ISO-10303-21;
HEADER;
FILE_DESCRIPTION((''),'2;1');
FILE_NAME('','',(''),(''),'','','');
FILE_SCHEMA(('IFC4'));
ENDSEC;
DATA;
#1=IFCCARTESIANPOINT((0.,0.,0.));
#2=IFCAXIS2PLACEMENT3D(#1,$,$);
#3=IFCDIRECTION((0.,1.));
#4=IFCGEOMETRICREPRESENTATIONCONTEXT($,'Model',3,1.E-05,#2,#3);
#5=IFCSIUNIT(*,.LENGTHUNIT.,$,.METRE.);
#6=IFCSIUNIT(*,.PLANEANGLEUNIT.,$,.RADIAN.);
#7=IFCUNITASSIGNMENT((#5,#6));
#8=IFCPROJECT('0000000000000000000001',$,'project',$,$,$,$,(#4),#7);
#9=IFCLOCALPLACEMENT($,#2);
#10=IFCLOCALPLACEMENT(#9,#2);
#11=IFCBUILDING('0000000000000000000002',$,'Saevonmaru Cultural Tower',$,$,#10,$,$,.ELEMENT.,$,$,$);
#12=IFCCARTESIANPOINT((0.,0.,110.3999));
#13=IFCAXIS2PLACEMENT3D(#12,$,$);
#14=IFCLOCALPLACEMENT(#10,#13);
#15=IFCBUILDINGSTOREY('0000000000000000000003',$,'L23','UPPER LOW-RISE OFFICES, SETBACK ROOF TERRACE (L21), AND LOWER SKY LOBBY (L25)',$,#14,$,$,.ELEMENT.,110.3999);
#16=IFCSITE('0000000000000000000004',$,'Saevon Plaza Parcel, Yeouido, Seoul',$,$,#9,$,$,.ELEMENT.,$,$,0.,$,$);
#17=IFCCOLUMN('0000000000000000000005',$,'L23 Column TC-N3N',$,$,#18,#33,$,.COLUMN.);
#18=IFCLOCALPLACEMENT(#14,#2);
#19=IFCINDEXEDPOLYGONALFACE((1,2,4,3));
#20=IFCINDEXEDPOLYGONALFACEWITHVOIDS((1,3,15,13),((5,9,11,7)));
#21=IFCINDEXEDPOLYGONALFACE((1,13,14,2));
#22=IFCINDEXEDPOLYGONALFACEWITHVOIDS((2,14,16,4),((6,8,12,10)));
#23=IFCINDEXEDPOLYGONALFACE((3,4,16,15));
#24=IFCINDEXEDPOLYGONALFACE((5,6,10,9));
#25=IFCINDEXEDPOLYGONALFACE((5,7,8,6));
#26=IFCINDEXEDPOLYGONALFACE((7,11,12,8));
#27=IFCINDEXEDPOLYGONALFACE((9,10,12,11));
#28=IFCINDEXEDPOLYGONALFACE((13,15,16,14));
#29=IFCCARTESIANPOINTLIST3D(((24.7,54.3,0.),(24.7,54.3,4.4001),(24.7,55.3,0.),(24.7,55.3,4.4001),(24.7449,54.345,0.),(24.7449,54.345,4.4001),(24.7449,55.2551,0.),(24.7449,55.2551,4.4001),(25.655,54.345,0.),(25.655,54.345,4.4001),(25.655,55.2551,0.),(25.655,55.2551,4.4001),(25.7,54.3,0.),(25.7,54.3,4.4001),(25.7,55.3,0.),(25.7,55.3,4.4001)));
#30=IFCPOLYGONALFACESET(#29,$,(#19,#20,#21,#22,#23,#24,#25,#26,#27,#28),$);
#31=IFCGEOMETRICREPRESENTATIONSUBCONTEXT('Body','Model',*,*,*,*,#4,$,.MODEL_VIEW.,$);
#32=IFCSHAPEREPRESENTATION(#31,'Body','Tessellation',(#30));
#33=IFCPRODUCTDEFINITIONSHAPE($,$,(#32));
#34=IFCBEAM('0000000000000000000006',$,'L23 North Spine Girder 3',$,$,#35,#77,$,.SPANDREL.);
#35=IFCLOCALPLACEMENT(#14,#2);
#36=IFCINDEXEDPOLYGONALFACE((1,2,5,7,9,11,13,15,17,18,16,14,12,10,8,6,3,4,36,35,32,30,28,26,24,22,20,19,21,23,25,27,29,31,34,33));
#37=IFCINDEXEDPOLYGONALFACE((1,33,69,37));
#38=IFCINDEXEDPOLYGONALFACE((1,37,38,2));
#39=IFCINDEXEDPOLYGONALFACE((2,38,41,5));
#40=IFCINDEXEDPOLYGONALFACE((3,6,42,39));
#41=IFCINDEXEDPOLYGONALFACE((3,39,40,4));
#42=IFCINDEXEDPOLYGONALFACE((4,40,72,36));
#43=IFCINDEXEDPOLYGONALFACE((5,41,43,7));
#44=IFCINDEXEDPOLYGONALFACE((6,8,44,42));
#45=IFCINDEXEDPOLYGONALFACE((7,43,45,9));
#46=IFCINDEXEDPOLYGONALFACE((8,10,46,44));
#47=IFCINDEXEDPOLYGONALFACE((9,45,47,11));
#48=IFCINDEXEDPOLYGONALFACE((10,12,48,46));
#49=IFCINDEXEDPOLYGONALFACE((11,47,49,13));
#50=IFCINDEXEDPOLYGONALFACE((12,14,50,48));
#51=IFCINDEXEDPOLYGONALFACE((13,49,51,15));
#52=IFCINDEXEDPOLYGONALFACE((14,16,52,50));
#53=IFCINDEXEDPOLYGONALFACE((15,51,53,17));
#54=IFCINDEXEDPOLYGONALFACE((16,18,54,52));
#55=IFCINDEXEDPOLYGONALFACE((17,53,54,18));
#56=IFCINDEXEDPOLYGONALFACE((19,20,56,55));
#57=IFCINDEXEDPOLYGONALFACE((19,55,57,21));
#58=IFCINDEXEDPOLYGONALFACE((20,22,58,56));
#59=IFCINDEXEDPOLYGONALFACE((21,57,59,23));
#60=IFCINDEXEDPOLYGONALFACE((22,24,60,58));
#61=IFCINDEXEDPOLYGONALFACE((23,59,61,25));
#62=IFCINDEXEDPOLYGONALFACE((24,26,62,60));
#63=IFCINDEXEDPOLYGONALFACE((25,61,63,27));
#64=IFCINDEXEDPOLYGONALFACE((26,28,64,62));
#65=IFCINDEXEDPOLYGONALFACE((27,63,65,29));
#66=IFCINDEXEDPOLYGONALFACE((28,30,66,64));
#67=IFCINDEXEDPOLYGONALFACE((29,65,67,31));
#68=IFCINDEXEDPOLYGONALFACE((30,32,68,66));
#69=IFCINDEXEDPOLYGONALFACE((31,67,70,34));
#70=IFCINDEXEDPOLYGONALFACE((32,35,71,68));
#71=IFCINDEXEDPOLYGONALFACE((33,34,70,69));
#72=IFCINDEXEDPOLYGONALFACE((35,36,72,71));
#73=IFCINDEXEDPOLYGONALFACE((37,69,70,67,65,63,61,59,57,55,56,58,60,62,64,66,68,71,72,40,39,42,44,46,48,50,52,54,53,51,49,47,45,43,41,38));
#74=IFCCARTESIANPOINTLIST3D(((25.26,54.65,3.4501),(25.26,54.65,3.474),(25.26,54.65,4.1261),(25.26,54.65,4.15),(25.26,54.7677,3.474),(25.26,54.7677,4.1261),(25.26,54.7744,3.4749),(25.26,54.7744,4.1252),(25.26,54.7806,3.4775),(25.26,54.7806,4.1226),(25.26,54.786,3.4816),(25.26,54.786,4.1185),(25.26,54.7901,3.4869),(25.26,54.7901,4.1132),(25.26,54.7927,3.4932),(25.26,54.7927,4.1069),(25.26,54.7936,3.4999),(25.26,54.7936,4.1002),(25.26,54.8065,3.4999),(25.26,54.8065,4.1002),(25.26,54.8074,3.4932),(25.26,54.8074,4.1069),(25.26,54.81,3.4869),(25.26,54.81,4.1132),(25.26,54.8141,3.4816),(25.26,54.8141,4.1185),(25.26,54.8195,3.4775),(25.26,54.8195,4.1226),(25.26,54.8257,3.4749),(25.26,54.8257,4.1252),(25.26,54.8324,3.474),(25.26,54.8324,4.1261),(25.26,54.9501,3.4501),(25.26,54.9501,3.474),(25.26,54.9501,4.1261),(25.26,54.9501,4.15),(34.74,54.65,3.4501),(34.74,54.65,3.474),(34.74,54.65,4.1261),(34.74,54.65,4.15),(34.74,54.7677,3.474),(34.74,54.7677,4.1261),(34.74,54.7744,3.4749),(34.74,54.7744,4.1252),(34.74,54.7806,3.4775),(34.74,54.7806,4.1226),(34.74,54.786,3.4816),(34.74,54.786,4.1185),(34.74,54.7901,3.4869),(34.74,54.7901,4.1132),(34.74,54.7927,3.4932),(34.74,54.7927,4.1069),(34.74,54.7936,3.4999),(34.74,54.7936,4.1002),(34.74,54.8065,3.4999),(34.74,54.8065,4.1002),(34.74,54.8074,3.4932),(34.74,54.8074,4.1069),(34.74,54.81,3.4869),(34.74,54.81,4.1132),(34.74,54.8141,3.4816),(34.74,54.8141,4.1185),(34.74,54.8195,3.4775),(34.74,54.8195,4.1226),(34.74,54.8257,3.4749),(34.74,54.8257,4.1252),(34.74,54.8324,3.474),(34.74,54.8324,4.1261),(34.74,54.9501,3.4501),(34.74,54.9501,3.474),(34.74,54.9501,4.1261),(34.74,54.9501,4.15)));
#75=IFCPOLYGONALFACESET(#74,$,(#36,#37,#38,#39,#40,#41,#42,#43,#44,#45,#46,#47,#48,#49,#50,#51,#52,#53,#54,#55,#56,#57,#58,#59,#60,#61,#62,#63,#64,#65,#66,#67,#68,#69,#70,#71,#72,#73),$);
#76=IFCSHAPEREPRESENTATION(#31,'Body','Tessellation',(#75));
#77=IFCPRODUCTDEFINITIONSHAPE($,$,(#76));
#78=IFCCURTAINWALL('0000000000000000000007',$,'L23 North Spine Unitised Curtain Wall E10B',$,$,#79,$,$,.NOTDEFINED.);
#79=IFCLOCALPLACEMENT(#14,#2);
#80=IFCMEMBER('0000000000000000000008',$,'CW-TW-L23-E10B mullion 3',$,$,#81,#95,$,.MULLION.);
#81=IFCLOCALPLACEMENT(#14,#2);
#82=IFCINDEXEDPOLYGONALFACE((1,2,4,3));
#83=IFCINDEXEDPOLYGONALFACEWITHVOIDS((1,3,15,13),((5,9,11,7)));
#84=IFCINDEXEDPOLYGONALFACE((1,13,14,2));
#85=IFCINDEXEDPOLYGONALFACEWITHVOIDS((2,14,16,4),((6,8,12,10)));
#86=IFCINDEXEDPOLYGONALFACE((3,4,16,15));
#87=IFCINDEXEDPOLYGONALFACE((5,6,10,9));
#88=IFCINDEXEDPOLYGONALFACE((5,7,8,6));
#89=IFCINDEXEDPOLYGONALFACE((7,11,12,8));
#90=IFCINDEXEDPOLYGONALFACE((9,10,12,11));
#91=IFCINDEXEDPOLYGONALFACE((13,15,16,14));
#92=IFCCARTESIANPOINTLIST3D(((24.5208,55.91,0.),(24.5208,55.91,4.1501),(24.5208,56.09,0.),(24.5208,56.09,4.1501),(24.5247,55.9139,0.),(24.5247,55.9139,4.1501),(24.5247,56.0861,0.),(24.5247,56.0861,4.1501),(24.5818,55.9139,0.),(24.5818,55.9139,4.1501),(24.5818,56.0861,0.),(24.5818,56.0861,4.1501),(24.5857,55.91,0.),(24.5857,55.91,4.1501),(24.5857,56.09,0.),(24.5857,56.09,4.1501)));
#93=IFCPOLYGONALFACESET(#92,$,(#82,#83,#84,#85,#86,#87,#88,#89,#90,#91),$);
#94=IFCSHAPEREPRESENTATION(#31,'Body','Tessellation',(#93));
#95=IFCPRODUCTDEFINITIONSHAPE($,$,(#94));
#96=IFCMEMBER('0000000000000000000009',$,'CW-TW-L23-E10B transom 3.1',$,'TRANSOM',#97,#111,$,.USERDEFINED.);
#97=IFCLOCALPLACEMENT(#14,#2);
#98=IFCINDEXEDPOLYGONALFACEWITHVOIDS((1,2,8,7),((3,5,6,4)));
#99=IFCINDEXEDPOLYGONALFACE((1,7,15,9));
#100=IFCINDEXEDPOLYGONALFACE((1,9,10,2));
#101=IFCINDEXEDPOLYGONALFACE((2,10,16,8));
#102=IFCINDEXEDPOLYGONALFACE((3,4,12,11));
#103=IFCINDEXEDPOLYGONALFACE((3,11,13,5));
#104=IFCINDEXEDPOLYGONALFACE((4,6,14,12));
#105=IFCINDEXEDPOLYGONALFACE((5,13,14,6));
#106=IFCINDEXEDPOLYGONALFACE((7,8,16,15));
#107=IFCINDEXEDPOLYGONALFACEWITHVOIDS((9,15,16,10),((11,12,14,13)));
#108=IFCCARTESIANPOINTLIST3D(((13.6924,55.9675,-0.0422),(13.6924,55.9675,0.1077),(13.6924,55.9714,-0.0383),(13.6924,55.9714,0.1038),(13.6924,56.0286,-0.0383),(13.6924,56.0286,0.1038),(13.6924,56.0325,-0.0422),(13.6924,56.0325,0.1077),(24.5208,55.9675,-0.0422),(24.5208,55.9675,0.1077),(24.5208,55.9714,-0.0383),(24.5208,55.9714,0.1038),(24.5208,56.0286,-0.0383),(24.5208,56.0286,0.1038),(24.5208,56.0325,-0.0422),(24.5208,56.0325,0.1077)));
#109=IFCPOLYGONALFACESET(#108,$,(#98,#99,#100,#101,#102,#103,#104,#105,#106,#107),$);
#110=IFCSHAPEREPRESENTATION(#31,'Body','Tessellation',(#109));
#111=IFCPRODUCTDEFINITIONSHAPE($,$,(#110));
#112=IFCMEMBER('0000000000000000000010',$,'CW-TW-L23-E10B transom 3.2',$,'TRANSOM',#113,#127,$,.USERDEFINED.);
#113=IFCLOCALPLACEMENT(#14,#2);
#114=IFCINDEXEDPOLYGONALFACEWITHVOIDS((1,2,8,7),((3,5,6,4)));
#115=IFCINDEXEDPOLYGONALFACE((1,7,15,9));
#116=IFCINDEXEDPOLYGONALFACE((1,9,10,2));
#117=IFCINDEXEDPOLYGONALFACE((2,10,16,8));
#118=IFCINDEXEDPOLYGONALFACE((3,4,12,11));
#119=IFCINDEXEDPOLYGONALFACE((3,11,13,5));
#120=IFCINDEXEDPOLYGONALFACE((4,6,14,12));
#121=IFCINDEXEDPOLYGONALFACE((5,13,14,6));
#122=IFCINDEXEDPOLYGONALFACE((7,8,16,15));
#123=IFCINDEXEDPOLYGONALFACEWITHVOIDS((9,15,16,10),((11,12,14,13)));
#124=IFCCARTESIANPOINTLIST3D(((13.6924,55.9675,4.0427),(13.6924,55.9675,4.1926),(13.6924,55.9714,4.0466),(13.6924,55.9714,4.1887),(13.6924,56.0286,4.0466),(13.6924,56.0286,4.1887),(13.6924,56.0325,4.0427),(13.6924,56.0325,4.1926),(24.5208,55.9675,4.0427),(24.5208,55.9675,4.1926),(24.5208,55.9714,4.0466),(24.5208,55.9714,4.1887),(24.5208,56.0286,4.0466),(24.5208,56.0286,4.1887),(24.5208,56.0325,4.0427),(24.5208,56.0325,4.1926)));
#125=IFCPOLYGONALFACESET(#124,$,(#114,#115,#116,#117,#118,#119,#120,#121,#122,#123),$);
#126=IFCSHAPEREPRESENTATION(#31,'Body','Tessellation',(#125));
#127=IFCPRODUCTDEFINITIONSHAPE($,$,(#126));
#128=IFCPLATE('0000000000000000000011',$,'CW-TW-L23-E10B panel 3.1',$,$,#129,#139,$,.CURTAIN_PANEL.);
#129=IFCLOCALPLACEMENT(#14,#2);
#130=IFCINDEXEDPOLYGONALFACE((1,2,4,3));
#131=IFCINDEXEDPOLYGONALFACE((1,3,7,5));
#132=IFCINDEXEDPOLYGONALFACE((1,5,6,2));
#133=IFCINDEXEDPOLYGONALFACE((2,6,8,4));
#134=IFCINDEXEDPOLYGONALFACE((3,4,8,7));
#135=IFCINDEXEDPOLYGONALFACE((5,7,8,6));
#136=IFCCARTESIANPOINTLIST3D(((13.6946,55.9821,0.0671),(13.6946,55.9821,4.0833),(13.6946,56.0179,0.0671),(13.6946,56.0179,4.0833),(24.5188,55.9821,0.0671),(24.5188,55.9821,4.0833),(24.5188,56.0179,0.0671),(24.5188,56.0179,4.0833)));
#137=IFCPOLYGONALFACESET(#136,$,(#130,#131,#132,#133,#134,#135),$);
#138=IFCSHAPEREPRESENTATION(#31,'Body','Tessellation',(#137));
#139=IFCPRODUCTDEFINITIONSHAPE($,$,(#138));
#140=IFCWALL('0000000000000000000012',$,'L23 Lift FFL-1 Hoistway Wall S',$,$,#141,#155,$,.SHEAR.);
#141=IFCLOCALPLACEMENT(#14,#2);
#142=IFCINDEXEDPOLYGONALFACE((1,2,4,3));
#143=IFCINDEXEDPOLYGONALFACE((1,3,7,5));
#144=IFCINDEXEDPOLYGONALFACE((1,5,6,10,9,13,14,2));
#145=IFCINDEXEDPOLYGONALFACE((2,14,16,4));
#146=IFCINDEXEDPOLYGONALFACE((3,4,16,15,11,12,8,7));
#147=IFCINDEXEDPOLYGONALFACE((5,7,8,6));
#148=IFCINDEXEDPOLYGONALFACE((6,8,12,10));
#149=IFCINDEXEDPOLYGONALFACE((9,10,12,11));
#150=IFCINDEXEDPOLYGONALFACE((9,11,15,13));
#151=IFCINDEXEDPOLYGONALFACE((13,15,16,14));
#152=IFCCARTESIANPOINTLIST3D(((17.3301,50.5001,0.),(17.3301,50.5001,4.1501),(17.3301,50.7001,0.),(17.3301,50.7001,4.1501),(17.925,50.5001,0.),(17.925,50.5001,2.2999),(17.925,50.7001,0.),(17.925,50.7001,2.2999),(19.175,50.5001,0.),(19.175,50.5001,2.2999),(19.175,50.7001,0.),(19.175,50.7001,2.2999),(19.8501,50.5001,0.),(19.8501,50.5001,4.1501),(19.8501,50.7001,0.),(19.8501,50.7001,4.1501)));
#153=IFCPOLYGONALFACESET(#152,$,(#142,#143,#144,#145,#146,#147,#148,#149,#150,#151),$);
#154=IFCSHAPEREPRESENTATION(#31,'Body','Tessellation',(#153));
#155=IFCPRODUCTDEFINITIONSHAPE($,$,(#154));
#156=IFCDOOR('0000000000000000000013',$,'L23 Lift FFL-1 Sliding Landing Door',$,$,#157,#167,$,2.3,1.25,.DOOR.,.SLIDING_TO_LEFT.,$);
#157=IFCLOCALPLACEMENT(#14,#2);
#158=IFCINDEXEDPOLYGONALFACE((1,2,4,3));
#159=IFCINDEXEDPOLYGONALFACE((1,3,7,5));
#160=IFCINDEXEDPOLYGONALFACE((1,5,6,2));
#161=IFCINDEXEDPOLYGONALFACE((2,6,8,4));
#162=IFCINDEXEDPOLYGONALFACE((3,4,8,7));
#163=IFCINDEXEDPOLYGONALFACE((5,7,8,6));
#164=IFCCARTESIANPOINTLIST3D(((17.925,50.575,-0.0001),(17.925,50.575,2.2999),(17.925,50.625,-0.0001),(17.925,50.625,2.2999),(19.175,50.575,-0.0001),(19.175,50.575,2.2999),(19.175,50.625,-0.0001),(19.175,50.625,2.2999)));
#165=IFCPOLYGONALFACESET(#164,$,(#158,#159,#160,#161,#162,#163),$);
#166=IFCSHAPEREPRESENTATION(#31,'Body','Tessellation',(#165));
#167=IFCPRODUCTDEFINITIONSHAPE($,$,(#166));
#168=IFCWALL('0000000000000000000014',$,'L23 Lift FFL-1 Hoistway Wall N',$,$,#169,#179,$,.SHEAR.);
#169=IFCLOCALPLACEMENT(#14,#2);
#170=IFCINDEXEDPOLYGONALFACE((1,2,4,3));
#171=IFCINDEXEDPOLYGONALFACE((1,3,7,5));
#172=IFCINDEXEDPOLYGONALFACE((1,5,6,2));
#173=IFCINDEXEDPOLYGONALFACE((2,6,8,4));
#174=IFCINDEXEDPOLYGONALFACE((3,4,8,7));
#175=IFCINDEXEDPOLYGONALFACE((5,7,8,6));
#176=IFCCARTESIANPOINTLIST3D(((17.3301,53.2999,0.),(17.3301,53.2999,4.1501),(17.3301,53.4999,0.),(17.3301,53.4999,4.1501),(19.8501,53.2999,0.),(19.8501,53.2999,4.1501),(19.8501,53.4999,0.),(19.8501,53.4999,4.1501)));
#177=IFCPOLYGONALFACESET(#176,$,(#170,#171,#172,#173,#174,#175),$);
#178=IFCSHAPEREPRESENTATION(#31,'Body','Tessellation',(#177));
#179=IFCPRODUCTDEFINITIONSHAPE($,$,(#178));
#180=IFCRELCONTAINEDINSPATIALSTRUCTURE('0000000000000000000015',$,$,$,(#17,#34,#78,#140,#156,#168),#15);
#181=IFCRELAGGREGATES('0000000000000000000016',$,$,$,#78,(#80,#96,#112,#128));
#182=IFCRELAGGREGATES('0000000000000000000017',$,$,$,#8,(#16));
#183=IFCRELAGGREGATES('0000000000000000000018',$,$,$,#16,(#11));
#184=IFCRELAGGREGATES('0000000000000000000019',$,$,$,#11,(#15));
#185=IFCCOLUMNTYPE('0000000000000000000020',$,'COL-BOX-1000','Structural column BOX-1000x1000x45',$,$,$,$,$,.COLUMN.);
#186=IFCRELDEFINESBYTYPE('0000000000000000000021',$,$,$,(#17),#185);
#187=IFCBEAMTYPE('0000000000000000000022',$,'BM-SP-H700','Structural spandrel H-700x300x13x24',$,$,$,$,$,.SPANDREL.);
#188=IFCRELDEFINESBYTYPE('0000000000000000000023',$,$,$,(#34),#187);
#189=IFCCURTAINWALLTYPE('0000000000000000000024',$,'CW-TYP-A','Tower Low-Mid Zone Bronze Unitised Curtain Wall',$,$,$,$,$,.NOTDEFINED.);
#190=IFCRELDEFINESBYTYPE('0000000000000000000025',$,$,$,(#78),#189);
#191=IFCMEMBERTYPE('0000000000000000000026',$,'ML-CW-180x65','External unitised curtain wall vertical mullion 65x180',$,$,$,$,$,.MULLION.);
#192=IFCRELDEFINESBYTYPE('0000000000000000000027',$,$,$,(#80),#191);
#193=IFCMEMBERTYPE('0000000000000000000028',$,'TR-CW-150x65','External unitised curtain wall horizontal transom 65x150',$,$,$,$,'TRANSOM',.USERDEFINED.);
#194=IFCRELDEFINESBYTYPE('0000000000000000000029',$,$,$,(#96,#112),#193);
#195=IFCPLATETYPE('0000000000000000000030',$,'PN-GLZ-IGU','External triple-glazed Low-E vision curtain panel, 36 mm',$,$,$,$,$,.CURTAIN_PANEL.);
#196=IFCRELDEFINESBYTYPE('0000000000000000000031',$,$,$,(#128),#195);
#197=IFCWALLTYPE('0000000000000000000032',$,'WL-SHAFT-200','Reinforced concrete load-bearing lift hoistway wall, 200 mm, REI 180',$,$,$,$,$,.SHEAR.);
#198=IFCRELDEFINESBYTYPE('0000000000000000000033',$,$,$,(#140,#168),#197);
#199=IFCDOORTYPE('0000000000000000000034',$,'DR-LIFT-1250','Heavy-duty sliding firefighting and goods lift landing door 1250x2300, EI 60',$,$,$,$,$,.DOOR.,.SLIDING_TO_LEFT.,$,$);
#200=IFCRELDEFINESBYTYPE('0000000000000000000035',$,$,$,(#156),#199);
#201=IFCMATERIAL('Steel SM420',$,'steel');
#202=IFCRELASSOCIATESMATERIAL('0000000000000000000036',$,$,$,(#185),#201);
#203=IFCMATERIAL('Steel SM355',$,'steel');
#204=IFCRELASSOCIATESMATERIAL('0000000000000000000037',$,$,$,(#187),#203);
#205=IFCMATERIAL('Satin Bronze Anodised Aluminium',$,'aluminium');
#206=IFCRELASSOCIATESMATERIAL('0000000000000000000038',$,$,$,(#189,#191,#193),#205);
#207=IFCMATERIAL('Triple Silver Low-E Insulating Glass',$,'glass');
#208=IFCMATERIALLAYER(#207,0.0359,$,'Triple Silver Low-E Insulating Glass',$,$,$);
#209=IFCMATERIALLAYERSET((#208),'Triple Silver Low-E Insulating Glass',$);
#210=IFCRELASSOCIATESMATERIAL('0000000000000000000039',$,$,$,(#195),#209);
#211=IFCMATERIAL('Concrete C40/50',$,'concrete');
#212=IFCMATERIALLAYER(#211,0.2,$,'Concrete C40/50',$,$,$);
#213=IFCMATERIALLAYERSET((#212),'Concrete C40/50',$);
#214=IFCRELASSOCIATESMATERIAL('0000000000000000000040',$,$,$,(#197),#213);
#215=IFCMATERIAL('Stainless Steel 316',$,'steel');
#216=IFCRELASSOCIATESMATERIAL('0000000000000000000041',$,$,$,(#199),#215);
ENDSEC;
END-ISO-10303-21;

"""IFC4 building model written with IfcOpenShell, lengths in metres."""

from ifc_helpers import new_model, si_unit, direction, frame, frame_2d, origin, origin_2d, place, context, subcontext, project, spatial, rectangle, hollow_rectangle, i_section, extrude, material, layer, layer_set, material_profile, profile_set, type_object, element, fill, aggregate, save


model = new_model("IFC4")

# Units and contexts
model_context = context("Model", 3, precision=1e-05, world=origin(), true_north=direction((0.0, 1.0)))
body_context = subcontext(model_context, "Body", "Model", "MODEL_VIEW")
ifc_project = project(units=[si_unit("LENGTHUNIT", "METRE"), si_unit("PLANEANGLEUNIT", "RADIAN")], contexts=[model_context])

# Site, building, storey
site_placement = place(None, origin())
site = spatial("IfcSite", under=ifc_project, at=site_placement, Name="Saevon Plaza Parcel, Yeouido, Seoul", CompositionType="ELEMENT", RefElevation=0.0)
building_placement = place(site_placement, origin())
building = spatial("IfcBuilding", under=site, at=building_placement, Name="Saevonmaru Cultural Tower", CompositionType="ELEMENT")
storey_placement = place(building_placement, frame((0.0, 0.0, 110.3999)))
storey = spatial("IfcBuildingStorey", under=building, at=storey_placement, Name="L23", Description="UPPER LOW-RISE OFFICES, SETBACK ROOF TERRACE (L21), AND LOWER SKY LOBBY (L25)", CompositionType="ELEMENT", Elevation=110.3999)

# Column
ifc_material_1 = material(Name="Steel SM420", Category="steel")
ifc_material_profile_1 = material_profile(ifc_material_1, hollow_rectangle(XDim=1.0, YDim=1.0, WallThickness=0.0449, at=origin_2d()), Name="BOX-1000x1000x45")
ifc_profile_set_1 = profile_set([ifc_material_profile_1], Name="Steel SM420")
column_type = type_object("IfcColumnType", Name="COL-BOX-1000", Description="Structural column BOX-1000x1000x45", PredefinedType="COLUMN", material=ifc_profile_set_1)
column_placement = place(storey_placement, frame((25.2, 54.8, 0.0), z_axis=(0.0, 0.0, 1.0), x_axis=(1.0, 0.0, 0.0)))
element("IfcColumn", 1, at=column_placement, inside=storey, type_object=column_type, Name="L23 Column TC-N3N", PredefinedType="COLUMN", context=body_context, shape_type="SweptSolid", body=[
    extrude(hollow_rectangle(XDim=1.0, YDim=1.0, WallThickness=0.0449, at=origin_2d()), origin(), (0.0, 0.0, 1.0), 4.4001),
])

# Beam
ifc_material_2 = material(Name="Steel SM355", Category="steel")
ifc_material_profile_2 = material_profile(ifc_material_2, i_section(OverallWidth=0.3, OverallDepth=0.7, WebThickness=0.0129, FlangeThickness=0.0239, FilletRadius=0.0259, at=origin_2d()), Name="H-700x300x13x24")
ifc_profile_set_2 = profile_set([ifc_material_profile_2], Name="Steel SM355")
beam_type = type_object("IfcBeamType", Name="BM-SP-H700", Description="Structural spandrel H-700x300x13x24", PredefinedType="SPANDREL", material=ifc_profile_set_2)
beam_placement = place(storey_placement, frame((25.26, 54.8, 3.8), z_axis=(1.0, 0.0, 0.0), x_axis=(0.0, 1.0, 0.0)))
element("IfcBeam", 2, at=beam_placement, inside=storey, type_object=beam_type, Name="L23 North Spine Girder 3", PredefinedType="SPANDREL", context=body_context, shape_type="SweptSolid", body=[
    extrude(i_section(OverallWidth=0.3, OverallDepth=0.7, WebThickness=0.0129, FlangeThickness=0.0239, FilletRadius=0.0259, at=origin_2d()), origin(), (0.0, 0.0, 1.0), 9.48),
])

# Curtain wall, members, plate
ifc_material_3 = material(Name="Satin Bronze Anodised Aluminium", Category="aluminium")
curtain_wall_type = type_object("IfcCurtainWallType", Name="CW-TYP-A", Description="Tower Low-Mid Zone Bronze Unitised Curtain Wall", PredefinedType="NOTDEFINED", material=ifc_material_3)
curtain_wall_placement = place(storey_placement, origin())
curtain_wall = element("IfcCurtainWall", 3, at=curtain_wall_placement, inside=storey, type_object=curtain_wall_type, Name="L23 North Spine Unitised Curtain Wall E10B", PredefinedType="NOTDEFINED")
ifc_material_profile_3 = material_profile(ifc_material_3, hollow_rectangle(XDim=0.0649, YDim=0.1799, WallThickness=0.0039, at=origin_2d()), Name="ALU-MULL-180x65x4")
ifc_profile_set_3 = profile_set([ifc_material_profile_3], Name="Satin Bronze Anodised Aluminium")
member_type_1 = type_object("IfcMemberType", Name="ML-CW-180x65", Description="External unitised curtain wall vertical mullion 65x180", PredefinedType="MULLION", material=ifc_profile_set_3)
member_1_placement = place(storey_placement, frame((24.5532, 56.0, 0.0), z_axis=(0.0, 0.0, 1.0), x_axis=(-1.0, 0.0, 0.0)))
member_1 = element("IfcMember", 4, at=member_1_placement, type_object=member_type_1, Name="CW-TW-L23-E10B mullion 3", PredefinedType="MULLION", context=body_context, shape_type="SweptSolid", body=[
    extrude(hollow_rectangle(XDim=0.0649, YDim=0.1799, WallThickness=0.0039, at=origin_2d()), origin(), (0.0, 0.0, 1.0), 4.1501),
])
ifc_material_profile_4 = material_profile(ifc_material_3, hollow_rectangle(XDim=0.0649, YDim=0.1499, WallThickness=0.0039, at=origin_2d()), Name="ALU-TRAN-150x65x4")
ifc_profile_set_4 = profile_set([ifc_material_profile_4], Name="Satin Bronze Anodised Aluminium")
member_type_2 = type_object("IfcMemberType", Name="TR-CW-150x65", Description="External unitised curtain wall horizontal transom 65x150", ElementType="TRANSOM", PredefinedType="USERDEFINED", material=ifc_profile_set_4)
member_2_placement = place(storey_placement, frame((24.5208, 56.0, 0.0327), z_axis=(-1.0, 0.0, 0.0), x_axis=(0.0, -1.0, 0.0)))
member_2 = element("IfcMember", 5, at=member_2_placement, type_object=member_type_2, Name="CW-TW-L23-E10B transom 3.1", ObjectType="TRANSOM", PredefinedType="USERDEFINED", context=body_context, shape_type="SweptSolid", body=[
    extrude(hollow_rectangle(XDim=0.0649, YDim=0.1499, WallThickness=0.0039, at=origin_2d()), origin(), (0.0, 0.0, 1.0), 10.8284),
])
member_3_placement = place(storey_placement, frame((24.5208, 56.0, 4.1177), z_axis=(-1.0, 0.0, 0.0), x_axis=(0.0, -1.0, 0.0)))
member_3 = element("IfcMember", 6, at=member_3_placement, type_object=member_type_2, Name="CW-TW-L23-E10B transom 3.2", ObjectType="TRANSOM", PredefinedType="USERDEFINED", context=body_context, shape_type="SweptSolid", body=[
    extrude(hollow_rectangle(XDim=0.0649, YDim=0.1499, WallThickness=0.0039, at=origin_2d()), origin(), (0.0, 0.0, 1.0), 10.8284),
])
ifc_material_4 = material(Name="Triple Silver Low-E Insulating Glass", Category="glass")
ifc_layer_1 = layer(ifc_material_4, 0.0359, Name="Triple Silver Low-E Insulating Glass")
ifc_layer_set_1 = layer_set([ifc_layer_1], Name="Triple Silver Low-E Insulating Glass")
plate_type = type_object("IfcPlateType", Name="PN-GLZ-IGU", Description="External triple-glazed Low-E vision curtain panel, 36 mm", PredefinedType="CURTAIN_PANEL", material=ifc_layer_set_1)
plate_placement = place(storey_placement, frame((19.1067, 56.0, 0.0671), z_axis=(0.0, 0.0, 1.0), x_axis=(-1.0, 0.0, 0.0)))
plate = element("IfcPlate", 7, at=plate_placement, type_object=plate_type, Name="CW-TW-L23-E10B panel 3.1", PredefinedType="CURTAIN_PANEL", context=body_context, shape_type="SweptSolid", body=[
    extrude(rectangle(XDim=10.8242, YDim=0.0359, at=origin_2d()), origin(), (0.0, 0.0, 1.0), 4.0161),
])
aggregate(curtain_wall, [member_1, member_2, member_3, plate])

# Wall, opening, door
ifc_material_5 = material(Name="Concrete C40/50", Category="concrete")
ifc_layer_2 = layer(ifc_material_5, 0.2, Name="Concrete C40/50")
ifc_layer_set_2 = layer_set([ifc_layer_2], Name="Concrete C40/50")
wall_type = type_object("IfcWallType", Name="WL-SHAFT-200", Description="Reinforced concrete load-bearing lift hoistway wall, 200 mm, REI 180", PredefinedType="SHEAR", material=ifc_layer_set_2)
wall_1_placement = place(storey_placement, frame((17.3301, 50.6001, 0.0), z_axis=(0.0, 0.0, 1.0), x_axis=(1.0, 0.0, 0.0)))
wall_1 = element("IfcWall", 8, at=wall_1_placement, inside=storey, type_object=wall_type, Name="L23 Lift FFL-1 Hoistway Wall S", PredefinedType="SHEAR", context=body_context, shape_type="SweptSolid", body=[
    extrude(rectangle(XDim=2.52, YDim=0.2, at=frame_2d((1.26, 0.0))), origin(), (0.0, 0.0, 1.0), 4.1501),
])
opening_1_placement = place(wall_1_placement, frame((0.595, 0.0, 0.0)))
opening_1 = element("IfcOpeningElement", 9, at=opening_1_placement, cuts=wall_1, PredefinedType="OPENING", context=body_context, shape_type="SweptSolid", body=[
    extrude(rectangle(XDim=1.25, YDim=2.3, at=frame_2d((0.625, 1.1499))), frame((0.0, 0.1099, 0.0), z_axis=(0.0, -1.0, 0.0), x_axis=(1.0, 0.0, 0.0)), (0.0, 0.0, 1.0), 0.22),
])
ifc_material_6 = material(Name="Stainless Steel 316", Category="steel")
door_type_1 = type_object("IfcDoorType", Name="DR-LIFT-1250", Description="Heavy-duty sliding firefighting and goods lift landing door 1250x2300, EI 60", OperationType="SLIDING_TO_LEFT", PredefinedType="DOOR", material=ifc_material_6)
door_1_placement = place(opening_1_placement, origin())
door_1 = element("IfcDoor", 10, at=door_1_placement, inside=storey, type_object=door_type_1, Name="L23 Lift FFL-1 Sliding Landing Door", OperationType="SLIDING_TO_LEFT", OverallHeight=2.3, OverallWidth=1.25, PredefinedType="DOOR", context=body_context, shape_type="SweptSolid", body=[
    extrude(rectangle(XDim=1.25, YDim=2.3, at=frame_2d((0.625, 1.1499))), frame((0.0, 0.0249, 0.0), z_axis=(0.0, -1.0, 0.0), x_axis=(1.0, 0.0, 0.0)), (0.0, 0.0, 1.0), 0.05),
])
fill(opening_1, door_1)

# Wall
wall_2_placement = place(storey_placement, frame((17.3301, 53.3999, 0.0), z_axis=(0.0, 0.0, 1.0), x_axis=(1.0, 0.0, 0.0)))
element("IfcWall", 11, at=wall_2_placement, inside=storey, type_object=wall_type, Name="L23 Lift FFL-1 Hoistway Wall N", PredefinedType="SHEAR", context=body_context, shape_type="SweptSolid", body=[
    extrude(rectangle(XDim=2.52, YDim=0.2, at=frame_2d((1.26, 0.0))), origin(), (0.0, 0.0, 1.0), 4.1501),
])

save(model, "model.ifc")
